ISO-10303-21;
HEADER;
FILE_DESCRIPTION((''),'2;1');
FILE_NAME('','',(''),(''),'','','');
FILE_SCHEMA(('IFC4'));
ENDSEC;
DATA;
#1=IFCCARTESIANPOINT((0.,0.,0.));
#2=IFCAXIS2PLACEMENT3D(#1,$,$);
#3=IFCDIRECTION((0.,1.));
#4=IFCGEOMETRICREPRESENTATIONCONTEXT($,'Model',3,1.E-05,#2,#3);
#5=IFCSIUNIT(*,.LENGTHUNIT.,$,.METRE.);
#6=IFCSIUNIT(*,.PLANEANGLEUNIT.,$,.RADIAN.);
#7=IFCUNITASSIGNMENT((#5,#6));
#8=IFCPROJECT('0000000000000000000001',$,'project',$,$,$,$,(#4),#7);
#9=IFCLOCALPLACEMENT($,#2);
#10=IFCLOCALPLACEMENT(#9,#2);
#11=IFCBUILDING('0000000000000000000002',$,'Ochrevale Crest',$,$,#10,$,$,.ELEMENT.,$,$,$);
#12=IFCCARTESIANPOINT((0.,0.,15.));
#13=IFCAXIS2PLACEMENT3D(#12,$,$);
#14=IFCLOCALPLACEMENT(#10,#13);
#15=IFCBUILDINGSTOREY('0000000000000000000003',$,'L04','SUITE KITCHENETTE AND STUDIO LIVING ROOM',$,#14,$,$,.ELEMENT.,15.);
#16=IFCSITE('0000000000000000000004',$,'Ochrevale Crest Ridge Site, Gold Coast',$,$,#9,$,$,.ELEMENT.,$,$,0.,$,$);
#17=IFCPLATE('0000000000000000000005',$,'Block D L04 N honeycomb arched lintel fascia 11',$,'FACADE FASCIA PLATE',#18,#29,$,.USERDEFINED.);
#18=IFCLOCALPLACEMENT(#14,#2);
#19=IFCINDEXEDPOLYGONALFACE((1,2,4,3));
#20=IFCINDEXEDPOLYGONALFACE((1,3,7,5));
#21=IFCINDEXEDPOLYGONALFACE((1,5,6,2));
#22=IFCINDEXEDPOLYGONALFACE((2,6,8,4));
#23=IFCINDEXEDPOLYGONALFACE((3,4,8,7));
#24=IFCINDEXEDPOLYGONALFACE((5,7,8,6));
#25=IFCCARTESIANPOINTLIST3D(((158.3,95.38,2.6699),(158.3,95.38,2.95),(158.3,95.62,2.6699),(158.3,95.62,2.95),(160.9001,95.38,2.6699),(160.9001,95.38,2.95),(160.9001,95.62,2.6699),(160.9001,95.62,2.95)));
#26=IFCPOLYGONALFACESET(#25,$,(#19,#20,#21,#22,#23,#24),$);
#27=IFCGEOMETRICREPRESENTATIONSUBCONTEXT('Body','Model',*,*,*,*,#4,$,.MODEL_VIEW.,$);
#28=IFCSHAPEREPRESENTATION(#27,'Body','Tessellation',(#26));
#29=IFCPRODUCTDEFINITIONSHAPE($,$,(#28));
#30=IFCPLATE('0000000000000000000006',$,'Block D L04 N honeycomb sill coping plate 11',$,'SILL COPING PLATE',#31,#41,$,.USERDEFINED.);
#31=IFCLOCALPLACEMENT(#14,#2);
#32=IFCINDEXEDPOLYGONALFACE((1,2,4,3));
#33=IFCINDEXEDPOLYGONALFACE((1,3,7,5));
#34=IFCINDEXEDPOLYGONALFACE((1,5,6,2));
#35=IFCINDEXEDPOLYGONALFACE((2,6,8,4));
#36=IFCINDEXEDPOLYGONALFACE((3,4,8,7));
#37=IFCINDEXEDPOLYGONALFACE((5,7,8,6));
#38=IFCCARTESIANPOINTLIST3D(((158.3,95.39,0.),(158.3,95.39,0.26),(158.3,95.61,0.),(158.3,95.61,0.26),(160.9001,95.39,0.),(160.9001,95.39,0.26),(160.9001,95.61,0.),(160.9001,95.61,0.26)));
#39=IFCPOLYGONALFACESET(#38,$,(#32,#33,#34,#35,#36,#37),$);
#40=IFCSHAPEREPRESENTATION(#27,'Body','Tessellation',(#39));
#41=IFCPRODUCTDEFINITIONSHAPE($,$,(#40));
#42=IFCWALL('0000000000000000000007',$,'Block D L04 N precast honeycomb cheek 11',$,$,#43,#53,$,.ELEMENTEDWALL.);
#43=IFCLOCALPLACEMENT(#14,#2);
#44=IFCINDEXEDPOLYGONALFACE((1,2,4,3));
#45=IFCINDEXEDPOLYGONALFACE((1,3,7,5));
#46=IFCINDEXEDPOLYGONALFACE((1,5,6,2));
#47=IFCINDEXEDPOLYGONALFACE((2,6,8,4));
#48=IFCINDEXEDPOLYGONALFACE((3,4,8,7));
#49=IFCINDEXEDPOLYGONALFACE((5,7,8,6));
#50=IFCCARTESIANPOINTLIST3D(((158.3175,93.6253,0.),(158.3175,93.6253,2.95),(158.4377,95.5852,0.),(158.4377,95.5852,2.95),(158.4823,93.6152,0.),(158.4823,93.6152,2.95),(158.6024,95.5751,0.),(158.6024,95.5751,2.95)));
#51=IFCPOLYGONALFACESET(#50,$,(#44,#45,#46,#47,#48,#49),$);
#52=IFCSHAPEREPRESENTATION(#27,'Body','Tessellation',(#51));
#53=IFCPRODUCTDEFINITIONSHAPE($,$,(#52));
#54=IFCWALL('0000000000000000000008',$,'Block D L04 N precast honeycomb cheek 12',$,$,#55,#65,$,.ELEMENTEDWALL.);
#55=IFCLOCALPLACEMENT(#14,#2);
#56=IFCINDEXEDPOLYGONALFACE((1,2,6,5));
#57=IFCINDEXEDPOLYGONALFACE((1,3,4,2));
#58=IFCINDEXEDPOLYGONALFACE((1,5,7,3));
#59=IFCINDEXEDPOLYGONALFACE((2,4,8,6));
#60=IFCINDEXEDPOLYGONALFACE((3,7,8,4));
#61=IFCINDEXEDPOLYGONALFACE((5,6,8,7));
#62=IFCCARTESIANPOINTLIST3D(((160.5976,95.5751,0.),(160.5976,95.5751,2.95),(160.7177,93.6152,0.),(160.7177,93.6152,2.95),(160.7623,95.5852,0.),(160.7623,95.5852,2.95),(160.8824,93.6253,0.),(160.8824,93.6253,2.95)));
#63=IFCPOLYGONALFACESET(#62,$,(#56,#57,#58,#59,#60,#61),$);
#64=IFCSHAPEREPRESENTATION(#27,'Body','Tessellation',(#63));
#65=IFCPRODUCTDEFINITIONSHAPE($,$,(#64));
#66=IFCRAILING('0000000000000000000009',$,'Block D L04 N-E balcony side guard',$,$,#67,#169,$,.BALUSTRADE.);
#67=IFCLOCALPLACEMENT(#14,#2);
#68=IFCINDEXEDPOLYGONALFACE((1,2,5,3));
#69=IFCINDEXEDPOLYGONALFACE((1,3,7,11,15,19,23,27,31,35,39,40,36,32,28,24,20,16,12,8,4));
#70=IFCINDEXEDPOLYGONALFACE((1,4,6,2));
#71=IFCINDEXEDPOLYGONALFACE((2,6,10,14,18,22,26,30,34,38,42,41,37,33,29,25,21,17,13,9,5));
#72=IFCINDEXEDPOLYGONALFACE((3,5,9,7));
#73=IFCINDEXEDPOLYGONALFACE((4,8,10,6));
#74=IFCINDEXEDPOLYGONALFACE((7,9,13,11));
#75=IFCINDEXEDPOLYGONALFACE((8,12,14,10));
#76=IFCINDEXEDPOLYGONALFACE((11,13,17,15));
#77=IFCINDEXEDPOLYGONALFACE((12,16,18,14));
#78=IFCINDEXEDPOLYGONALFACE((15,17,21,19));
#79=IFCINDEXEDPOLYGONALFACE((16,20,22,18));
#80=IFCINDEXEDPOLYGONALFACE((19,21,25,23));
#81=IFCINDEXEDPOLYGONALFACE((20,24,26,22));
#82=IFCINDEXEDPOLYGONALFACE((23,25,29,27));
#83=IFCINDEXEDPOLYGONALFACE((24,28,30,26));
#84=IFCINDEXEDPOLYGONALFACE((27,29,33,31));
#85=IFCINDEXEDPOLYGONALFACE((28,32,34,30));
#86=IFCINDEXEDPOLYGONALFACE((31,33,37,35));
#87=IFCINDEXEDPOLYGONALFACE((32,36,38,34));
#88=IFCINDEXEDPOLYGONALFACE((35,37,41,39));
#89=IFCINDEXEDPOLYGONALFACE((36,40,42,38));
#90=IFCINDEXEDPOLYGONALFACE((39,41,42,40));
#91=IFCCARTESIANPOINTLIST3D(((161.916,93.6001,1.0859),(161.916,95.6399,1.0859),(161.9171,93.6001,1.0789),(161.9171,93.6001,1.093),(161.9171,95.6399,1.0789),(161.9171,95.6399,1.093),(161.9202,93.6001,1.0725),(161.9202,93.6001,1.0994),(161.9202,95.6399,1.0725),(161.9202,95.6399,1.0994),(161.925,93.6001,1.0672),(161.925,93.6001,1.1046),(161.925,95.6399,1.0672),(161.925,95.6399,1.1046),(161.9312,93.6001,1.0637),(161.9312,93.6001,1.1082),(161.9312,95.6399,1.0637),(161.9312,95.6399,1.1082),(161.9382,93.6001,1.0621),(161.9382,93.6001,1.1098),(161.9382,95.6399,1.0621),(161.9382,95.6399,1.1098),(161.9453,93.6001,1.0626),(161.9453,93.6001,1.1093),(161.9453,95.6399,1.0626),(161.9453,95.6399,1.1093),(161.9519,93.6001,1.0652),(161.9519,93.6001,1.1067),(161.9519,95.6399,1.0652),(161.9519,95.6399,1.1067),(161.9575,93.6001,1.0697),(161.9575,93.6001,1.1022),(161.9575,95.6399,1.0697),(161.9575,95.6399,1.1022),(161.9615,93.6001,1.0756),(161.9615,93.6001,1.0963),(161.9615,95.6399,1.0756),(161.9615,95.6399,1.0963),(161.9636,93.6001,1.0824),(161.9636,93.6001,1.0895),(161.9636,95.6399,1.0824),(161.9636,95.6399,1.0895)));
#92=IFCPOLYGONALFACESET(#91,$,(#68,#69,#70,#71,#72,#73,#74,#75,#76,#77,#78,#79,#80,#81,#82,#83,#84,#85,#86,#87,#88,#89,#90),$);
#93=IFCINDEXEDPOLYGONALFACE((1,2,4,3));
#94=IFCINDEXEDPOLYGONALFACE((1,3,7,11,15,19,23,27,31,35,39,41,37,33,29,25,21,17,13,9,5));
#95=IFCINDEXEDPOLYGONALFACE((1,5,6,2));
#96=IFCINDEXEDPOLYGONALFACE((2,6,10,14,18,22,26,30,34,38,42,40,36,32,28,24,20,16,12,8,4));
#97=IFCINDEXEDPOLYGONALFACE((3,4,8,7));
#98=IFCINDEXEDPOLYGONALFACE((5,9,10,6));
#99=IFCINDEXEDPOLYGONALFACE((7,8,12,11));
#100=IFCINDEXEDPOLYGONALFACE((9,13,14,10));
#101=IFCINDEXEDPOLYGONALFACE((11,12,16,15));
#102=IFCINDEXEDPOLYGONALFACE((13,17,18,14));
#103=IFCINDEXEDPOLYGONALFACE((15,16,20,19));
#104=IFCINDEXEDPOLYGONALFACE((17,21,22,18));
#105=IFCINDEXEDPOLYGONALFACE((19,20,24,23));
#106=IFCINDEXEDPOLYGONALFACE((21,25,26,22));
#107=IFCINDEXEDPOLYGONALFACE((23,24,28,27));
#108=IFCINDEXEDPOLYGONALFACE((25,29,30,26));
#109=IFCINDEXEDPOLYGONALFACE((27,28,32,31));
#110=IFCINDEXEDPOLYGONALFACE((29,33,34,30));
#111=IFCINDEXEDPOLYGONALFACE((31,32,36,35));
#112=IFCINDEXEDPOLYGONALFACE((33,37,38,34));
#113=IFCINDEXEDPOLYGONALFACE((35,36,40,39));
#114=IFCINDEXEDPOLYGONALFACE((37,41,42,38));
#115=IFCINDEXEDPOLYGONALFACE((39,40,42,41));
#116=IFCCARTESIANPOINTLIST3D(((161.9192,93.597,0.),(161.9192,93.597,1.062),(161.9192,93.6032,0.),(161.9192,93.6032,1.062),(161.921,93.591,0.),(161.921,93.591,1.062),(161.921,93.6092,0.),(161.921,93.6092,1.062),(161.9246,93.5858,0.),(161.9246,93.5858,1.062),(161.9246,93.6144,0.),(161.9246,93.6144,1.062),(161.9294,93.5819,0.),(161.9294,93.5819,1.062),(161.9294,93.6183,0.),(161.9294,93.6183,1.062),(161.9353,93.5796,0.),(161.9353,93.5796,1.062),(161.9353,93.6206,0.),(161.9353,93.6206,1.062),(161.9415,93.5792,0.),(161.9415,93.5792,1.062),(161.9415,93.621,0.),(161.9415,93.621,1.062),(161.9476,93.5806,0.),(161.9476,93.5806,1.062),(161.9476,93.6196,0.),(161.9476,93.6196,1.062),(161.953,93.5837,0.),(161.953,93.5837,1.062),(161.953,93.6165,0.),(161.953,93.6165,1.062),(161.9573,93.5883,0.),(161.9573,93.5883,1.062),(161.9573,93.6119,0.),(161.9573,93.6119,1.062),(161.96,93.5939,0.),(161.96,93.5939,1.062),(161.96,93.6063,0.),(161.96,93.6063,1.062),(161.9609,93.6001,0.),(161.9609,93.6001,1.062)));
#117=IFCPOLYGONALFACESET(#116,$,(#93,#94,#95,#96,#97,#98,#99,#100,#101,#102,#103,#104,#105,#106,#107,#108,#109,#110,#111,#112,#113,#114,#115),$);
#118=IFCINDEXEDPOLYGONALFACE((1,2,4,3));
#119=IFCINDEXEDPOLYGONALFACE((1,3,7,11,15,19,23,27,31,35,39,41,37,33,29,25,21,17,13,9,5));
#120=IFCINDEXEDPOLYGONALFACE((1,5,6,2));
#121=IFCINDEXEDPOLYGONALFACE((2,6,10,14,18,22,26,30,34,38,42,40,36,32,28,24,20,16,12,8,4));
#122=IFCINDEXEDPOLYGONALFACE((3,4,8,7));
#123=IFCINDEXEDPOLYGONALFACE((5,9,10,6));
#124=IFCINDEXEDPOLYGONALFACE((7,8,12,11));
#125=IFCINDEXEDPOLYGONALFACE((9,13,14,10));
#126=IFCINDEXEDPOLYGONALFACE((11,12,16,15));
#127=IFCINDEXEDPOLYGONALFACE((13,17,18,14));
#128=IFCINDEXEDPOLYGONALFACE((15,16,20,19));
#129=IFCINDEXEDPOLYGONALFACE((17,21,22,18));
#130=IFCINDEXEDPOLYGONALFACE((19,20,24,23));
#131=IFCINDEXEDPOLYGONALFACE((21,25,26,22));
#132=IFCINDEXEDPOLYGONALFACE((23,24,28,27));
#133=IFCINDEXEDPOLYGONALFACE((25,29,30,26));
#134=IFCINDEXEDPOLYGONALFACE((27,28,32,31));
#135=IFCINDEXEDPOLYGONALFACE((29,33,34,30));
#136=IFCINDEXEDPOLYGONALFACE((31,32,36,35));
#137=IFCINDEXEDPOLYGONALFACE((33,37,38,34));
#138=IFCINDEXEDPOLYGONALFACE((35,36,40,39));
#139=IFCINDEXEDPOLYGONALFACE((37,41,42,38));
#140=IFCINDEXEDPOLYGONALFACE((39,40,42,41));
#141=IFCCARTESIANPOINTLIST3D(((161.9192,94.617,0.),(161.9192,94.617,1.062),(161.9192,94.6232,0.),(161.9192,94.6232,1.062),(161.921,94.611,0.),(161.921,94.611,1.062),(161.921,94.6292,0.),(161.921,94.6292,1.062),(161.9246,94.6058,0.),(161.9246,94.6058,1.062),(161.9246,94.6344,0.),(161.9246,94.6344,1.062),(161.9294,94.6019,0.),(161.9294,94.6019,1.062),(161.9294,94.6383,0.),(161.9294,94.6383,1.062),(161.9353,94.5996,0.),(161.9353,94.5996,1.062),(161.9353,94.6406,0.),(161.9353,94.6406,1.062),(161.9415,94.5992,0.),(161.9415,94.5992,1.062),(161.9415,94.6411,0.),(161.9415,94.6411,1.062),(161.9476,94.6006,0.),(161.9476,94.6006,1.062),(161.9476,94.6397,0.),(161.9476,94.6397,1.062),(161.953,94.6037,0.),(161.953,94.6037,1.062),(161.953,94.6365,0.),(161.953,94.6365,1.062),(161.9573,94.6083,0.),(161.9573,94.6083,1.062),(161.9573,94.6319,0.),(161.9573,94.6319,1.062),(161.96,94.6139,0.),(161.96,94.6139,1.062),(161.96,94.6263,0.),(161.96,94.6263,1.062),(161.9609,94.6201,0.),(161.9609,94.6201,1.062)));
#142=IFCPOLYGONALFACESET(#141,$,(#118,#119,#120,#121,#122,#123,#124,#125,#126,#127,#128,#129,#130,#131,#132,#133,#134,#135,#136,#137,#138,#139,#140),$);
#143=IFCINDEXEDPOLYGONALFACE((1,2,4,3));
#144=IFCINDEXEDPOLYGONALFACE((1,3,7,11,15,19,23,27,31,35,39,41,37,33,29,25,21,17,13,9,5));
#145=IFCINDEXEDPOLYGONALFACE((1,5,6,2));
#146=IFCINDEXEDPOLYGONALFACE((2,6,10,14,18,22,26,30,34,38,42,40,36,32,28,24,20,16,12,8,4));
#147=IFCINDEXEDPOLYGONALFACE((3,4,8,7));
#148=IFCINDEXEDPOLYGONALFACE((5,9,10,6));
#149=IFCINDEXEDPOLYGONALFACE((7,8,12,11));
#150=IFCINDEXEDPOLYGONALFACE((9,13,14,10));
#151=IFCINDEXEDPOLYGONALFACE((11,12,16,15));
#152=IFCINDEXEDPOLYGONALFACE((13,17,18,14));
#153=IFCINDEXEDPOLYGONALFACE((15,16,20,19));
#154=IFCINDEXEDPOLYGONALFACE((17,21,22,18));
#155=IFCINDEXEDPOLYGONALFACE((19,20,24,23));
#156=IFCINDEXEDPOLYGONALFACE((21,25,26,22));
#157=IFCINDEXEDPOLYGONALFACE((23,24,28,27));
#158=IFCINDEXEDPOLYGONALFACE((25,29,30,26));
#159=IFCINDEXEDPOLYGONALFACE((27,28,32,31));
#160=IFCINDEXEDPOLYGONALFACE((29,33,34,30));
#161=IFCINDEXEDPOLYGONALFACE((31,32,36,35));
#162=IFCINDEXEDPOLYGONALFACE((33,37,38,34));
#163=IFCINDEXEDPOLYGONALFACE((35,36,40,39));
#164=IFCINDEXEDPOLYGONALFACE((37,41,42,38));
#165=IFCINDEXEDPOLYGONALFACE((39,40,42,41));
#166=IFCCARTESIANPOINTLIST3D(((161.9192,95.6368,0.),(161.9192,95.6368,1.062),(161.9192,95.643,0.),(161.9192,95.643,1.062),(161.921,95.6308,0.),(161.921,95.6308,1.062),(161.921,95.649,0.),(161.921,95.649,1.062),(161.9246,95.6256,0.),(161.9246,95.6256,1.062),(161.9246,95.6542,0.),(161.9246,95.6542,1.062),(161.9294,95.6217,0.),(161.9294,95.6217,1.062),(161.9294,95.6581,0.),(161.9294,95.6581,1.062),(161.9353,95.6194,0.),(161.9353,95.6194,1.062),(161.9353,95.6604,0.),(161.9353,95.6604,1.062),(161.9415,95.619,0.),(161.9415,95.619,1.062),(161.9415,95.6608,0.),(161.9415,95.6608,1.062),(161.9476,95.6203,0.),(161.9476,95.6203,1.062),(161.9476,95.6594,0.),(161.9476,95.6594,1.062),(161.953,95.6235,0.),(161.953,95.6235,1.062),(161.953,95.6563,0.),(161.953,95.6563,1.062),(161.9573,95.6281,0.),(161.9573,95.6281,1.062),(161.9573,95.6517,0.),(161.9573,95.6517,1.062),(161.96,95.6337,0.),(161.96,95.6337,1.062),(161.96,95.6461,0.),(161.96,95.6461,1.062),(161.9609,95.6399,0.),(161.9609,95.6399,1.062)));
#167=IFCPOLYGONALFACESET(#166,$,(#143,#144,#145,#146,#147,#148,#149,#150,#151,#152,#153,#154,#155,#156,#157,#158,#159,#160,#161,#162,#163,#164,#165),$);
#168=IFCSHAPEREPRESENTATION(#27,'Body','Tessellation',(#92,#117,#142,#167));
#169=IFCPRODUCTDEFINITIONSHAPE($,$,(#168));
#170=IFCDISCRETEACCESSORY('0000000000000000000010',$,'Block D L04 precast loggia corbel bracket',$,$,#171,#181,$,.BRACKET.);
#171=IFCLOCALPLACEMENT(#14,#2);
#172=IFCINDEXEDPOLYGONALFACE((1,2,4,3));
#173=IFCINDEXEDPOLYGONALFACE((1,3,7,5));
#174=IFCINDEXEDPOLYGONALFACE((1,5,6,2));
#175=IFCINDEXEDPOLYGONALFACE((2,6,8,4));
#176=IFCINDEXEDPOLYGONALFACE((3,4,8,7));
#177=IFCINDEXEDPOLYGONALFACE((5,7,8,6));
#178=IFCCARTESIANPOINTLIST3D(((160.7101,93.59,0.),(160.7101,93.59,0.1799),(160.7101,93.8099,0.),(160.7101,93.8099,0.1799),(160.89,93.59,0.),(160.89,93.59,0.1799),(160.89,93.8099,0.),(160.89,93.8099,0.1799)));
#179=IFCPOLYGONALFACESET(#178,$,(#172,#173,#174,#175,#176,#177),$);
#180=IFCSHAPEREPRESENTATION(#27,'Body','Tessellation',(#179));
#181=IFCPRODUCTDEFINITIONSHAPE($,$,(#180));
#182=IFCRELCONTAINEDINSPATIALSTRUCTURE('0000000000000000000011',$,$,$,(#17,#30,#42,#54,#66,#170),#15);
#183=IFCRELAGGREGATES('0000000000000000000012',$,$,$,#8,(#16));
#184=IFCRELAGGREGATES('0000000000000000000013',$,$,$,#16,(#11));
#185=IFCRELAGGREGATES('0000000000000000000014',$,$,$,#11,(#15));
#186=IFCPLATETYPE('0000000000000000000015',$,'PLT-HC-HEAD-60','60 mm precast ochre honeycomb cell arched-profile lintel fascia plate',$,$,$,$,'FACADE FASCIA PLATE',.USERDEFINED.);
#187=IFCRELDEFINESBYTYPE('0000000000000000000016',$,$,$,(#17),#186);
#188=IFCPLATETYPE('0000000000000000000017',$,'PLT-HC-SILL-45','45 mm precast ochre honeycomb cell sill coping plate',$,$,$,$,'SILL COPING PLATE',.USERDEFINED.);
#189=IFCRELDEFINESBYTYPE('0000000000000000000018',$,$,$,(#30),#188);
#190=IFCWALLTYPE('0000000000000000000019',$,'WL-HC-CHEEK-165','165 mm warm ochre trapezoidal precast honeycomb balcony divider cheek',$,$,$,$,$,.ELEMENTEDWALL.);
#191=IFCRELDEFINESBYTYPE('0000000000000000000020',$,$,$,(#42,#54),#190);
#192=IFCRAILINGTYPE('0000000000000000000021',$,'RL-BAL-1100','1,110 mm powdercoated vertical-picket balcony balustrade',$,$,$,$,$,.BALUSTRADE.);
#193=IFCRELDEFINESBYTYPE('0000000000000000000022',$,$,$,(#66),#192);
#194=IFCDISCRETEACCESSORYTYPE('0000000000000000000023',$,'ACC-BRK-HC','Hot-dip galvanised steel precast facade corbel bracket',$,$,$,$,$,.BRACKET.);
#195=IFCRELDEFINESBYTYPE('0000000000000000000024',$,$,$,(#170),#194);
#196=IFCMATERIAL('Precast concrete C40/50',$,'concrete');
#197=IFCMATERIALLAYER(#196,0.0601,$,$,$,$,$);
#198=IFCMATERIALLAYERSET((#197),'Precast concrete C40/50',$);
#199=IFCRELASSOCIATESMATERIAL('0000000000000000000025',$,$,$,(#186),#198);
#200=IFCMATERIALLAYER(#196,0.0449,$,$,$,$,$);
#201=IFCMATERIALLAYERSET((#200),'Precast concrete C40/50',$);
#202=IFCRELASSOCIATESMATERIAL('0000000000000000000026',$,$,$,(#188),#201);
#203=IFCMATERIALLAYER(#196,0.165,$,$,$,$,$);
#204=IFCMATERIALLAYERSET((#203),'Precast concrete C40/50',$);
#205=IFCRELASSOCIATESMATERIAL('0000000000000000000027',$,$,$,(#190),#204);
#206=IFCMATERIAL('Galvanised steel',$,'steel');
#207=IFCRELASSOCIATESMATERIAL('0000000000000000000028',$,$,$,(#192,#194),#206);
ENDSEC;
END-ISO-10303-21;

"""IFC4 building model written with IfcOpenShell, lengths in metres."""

from ifc_helpers import new_model, si_unit, direction, frame, frame_2d, origin, origin_2d, place, context, subcontext, project, spatial, rectangle, circle, extrude, material, layer, layer_set, type_object, element, save


model = new_model("IFC4")

# Units and contexts
model_context = context("Model", 3, precision=1e-05, world=origin(), true_north=direction((0.0, 1.0)))
body_context = subcontext(model_context, "Body", "Model", "MODEL_VIEW")
ifc_project = project(units=[si_unit("LENGTHUNIT", "METRE"), si_unit("PLANEANGLEUNIT", "RADIAN")], contexts=[model_context])

# Site, building, storey
site_placement = place(None, origin())
site = spatial("IfcSite", under=ifc_project, at=site_placement, Name="Ochrevale Crest Ridge Site, Gold Coast", CompositionType="ELEMENT", RefElevation=0.0)
building_placement = place(site_placement, origin())
building = spatial("IfcBuilding", under=site, at=building_placement, Name="Ochrevale Crest", CompositionType="ELEMENT")
storey_placement = place(building_placement, frame((0.0, 0.0, 15.0)))
storey = spatial("IfcBuildingStorey", under=building, at=storey_placement, Name="L04", Description="SUITE KITCHENETTE AND STUDIO LIVING ROOM", CompositionType="ELEMENT", Elevation=15.0)

# Plates
ifc_material_1 = material(Name="Precast concrete C40/50", Category="concrete")
ifc_layer_1 = layer(ifc_material_1, 0.0601)
ifc_layer_set_1 = layer_set([ifc_layer_1], Name="Precast concrete C40/50")
plate_type_1 = type_object("IfcPlateType", Name="PLT-HC-HEAD-60", Description="60 mm precast ochre honeycomb cell arched-profile lintel fascia plate", ElementType="FACADE FASCIA PLATE", PredefinedType="USERDEFINED", material=ifc_layer_set_1)
plate_1_placement = place(storey_placement, frame((159.6001, 95.5, 2.6699), z_axis=(0.0, 0.0, 1.0), x_axis=(1.0, 0.0, 0.0)))
element("IfcPlate", 1, at=plate_1_placement, inside=storey, type_object=plate_type_1, Name="Block D L04 N honeycomb arched lintel fascia 11", ObjectType="FACADE FASCIA PLATE", PredefinedType="USERDEFINED", context=body_context, shape_type="SweptSolid", body=[
    extrude(rectangle(XDim=2.6001, YDim=0.24, at=origin_2d()), origin(), (0.0, 0.0, 1.0), 0.28),
])
ifc_layer_2 = layer(ifc_material_1, 0.0449)
ifc_layer_set_2 = layer_set([ifc_layer_2], Name="Precast concrete C40/50")
plate_type_2 = type_object("IfcPlateType", Name="PLT-HC-SILL-45", Description="45 mm precast ochre honeycomb cell sill coping plate", ElementType="SILL COPING PLATE", PredefinedType="USERDEFINED", material=ifc_layer_set_2)
plate_2_placement = place(storey_placement, frame((159.6001, 95.5, 0.0), z_axis=(0.0, 0.0, 1.0), x_axis=(1.0, 0.0, 0.0)))
element("IfcPlate", 2, at=plate_2_placement, inside=storey, type_object=plate_type_2, Name="Block D L04 N honeycomb sill coping plate 11", ObjectType="SILL COPING PLATE", PredefinedType="USERDEFINED", context=body_context, shape_type="SweptSolid", body=[
    extrude(rectangle(XDim=2.6001, YDim=0.22, at=origin_2d()), origin(), (0.0, 0.0, 1.0), 0.26),
])

# Walls
ifc_layer_3 = layer(ifc_material_1, 0.165)
ifc_layer_set_3 = layer_set([ifc_layer_3], Name="Precast concrete C40/50")
wall_type_1 = type_object("IfcWallType", Name="WL-HC-CHEEK-165", Description="165 mm warm ochre trapezoidal precast honeycomb balcony divider cheek", PredefinedType="ELEMENTEDWALL", material=ifc_layer_set_3)
for number, where, z_axis, x_axis, name in (
    (3, (158.3999, 93.6201, 0.0), (0.0, 0.0, 1.0), (0.061171, 0.998127, 0.0), "Block D L04 N precast honeycomb cheek 11"),
    (4, (160.8, 93.6201, 0.0), (0.0, 0.0, 1.0), (-0.061171, 0.998127, 0.0), "Block D L04 N precast honeycomb cheek 12"),
):
    element("IfcWall", number, at=place(storey_placement, frame(where, z_axis=z_axis, x_axis=x_axis)), inside=storey, type_object=wall_type_1, Name=name, PredefinedType="ELEMENTEDWALL", context=body_context, shape_type="SweptSolid", body=[
        extrude(rectangle(XDim=1.9636, YDim=0.165, at=frame_2d((0.9819, 0.0))), origin(), (0.0, 0.0, 1.0), 2.95),
    ])

# Railing
ifc_material_2 = material(Name="Galvanised steel", Category="steel")
railing_type = type_object("IfcRailingType", Name="RL-BAL-1100", Description="1,110 mm powdercoated vertical-picket balcony balustrade", PredefinedType="BALUSTRADE", material=ifc_material_2)
railing_placement = place(storey_placement, frame((161.9399, 93.6001, 0.0)))
element("IfcRailing", 5, at=railing_placement, inside=storey, type_object=railing_type, Name="Block D L04 N-E balcony side guard", PredefinedType="BALUSTRADE", context=body_context, shape_type="SweptSolid", body=[
    extrude(circle(Radius=0.0239, at=origin_2d()), frame((0.0, 0.0, 1.0859), z_axis=(0.0, 1.0, 0.0), x_axis=(-1.0, 0.0, 0.0)), (0.0, 0.0, 1.0), 2.0398),
    extrude(circle(Radius=0.021, at=origin_2d()), origin(), (0.0, 0.0, 1.0), 1.062),
    extrude(circle(Radius=0.021, at=origin_2d()), frame((0.0, 1.02, 0.0)), (0.0, 0.0, 1.0), 1.062),
    extrude(circle(Radius=0.021, at=origin_2d()), frame((0.0, 2.0398, 0.0)), (0.0, 0.0, 1.0), 1.062),
])

# Discrete accessory
discrete_accessory_type = type_object("IfcDiscreteAccessoryType", Name="ACC-BRK-HC", Description="Hot-dip galvanised steel precast facade corbel bracket", PredefinedType="BRACKET", material=ifc_material_2)
discrete_accessory_placement = place(storey_placement, frame((160.8, 93.7, 0.0), z_axis=(0.0, 0.0, 1.0), x_axis=(1.0, 0.0, 0.0)))
element("IfcDiscreteAccessory", 6, at=discrete_accessory_placement, inside=storey, type_object=discrete_accessory_type, Name="Block D L04 precast loggia corbel bracket", PredefinedType="BRACKET", context=body_context, shape_type="SweptSolid", body=[
    extrude(rectangle(XDim=0.1799, YDim=0.22, at=origin_2d()), origin(), (0.0, 0.0, 1.0), 0.1799),
])

save(model, "model.ifc")
